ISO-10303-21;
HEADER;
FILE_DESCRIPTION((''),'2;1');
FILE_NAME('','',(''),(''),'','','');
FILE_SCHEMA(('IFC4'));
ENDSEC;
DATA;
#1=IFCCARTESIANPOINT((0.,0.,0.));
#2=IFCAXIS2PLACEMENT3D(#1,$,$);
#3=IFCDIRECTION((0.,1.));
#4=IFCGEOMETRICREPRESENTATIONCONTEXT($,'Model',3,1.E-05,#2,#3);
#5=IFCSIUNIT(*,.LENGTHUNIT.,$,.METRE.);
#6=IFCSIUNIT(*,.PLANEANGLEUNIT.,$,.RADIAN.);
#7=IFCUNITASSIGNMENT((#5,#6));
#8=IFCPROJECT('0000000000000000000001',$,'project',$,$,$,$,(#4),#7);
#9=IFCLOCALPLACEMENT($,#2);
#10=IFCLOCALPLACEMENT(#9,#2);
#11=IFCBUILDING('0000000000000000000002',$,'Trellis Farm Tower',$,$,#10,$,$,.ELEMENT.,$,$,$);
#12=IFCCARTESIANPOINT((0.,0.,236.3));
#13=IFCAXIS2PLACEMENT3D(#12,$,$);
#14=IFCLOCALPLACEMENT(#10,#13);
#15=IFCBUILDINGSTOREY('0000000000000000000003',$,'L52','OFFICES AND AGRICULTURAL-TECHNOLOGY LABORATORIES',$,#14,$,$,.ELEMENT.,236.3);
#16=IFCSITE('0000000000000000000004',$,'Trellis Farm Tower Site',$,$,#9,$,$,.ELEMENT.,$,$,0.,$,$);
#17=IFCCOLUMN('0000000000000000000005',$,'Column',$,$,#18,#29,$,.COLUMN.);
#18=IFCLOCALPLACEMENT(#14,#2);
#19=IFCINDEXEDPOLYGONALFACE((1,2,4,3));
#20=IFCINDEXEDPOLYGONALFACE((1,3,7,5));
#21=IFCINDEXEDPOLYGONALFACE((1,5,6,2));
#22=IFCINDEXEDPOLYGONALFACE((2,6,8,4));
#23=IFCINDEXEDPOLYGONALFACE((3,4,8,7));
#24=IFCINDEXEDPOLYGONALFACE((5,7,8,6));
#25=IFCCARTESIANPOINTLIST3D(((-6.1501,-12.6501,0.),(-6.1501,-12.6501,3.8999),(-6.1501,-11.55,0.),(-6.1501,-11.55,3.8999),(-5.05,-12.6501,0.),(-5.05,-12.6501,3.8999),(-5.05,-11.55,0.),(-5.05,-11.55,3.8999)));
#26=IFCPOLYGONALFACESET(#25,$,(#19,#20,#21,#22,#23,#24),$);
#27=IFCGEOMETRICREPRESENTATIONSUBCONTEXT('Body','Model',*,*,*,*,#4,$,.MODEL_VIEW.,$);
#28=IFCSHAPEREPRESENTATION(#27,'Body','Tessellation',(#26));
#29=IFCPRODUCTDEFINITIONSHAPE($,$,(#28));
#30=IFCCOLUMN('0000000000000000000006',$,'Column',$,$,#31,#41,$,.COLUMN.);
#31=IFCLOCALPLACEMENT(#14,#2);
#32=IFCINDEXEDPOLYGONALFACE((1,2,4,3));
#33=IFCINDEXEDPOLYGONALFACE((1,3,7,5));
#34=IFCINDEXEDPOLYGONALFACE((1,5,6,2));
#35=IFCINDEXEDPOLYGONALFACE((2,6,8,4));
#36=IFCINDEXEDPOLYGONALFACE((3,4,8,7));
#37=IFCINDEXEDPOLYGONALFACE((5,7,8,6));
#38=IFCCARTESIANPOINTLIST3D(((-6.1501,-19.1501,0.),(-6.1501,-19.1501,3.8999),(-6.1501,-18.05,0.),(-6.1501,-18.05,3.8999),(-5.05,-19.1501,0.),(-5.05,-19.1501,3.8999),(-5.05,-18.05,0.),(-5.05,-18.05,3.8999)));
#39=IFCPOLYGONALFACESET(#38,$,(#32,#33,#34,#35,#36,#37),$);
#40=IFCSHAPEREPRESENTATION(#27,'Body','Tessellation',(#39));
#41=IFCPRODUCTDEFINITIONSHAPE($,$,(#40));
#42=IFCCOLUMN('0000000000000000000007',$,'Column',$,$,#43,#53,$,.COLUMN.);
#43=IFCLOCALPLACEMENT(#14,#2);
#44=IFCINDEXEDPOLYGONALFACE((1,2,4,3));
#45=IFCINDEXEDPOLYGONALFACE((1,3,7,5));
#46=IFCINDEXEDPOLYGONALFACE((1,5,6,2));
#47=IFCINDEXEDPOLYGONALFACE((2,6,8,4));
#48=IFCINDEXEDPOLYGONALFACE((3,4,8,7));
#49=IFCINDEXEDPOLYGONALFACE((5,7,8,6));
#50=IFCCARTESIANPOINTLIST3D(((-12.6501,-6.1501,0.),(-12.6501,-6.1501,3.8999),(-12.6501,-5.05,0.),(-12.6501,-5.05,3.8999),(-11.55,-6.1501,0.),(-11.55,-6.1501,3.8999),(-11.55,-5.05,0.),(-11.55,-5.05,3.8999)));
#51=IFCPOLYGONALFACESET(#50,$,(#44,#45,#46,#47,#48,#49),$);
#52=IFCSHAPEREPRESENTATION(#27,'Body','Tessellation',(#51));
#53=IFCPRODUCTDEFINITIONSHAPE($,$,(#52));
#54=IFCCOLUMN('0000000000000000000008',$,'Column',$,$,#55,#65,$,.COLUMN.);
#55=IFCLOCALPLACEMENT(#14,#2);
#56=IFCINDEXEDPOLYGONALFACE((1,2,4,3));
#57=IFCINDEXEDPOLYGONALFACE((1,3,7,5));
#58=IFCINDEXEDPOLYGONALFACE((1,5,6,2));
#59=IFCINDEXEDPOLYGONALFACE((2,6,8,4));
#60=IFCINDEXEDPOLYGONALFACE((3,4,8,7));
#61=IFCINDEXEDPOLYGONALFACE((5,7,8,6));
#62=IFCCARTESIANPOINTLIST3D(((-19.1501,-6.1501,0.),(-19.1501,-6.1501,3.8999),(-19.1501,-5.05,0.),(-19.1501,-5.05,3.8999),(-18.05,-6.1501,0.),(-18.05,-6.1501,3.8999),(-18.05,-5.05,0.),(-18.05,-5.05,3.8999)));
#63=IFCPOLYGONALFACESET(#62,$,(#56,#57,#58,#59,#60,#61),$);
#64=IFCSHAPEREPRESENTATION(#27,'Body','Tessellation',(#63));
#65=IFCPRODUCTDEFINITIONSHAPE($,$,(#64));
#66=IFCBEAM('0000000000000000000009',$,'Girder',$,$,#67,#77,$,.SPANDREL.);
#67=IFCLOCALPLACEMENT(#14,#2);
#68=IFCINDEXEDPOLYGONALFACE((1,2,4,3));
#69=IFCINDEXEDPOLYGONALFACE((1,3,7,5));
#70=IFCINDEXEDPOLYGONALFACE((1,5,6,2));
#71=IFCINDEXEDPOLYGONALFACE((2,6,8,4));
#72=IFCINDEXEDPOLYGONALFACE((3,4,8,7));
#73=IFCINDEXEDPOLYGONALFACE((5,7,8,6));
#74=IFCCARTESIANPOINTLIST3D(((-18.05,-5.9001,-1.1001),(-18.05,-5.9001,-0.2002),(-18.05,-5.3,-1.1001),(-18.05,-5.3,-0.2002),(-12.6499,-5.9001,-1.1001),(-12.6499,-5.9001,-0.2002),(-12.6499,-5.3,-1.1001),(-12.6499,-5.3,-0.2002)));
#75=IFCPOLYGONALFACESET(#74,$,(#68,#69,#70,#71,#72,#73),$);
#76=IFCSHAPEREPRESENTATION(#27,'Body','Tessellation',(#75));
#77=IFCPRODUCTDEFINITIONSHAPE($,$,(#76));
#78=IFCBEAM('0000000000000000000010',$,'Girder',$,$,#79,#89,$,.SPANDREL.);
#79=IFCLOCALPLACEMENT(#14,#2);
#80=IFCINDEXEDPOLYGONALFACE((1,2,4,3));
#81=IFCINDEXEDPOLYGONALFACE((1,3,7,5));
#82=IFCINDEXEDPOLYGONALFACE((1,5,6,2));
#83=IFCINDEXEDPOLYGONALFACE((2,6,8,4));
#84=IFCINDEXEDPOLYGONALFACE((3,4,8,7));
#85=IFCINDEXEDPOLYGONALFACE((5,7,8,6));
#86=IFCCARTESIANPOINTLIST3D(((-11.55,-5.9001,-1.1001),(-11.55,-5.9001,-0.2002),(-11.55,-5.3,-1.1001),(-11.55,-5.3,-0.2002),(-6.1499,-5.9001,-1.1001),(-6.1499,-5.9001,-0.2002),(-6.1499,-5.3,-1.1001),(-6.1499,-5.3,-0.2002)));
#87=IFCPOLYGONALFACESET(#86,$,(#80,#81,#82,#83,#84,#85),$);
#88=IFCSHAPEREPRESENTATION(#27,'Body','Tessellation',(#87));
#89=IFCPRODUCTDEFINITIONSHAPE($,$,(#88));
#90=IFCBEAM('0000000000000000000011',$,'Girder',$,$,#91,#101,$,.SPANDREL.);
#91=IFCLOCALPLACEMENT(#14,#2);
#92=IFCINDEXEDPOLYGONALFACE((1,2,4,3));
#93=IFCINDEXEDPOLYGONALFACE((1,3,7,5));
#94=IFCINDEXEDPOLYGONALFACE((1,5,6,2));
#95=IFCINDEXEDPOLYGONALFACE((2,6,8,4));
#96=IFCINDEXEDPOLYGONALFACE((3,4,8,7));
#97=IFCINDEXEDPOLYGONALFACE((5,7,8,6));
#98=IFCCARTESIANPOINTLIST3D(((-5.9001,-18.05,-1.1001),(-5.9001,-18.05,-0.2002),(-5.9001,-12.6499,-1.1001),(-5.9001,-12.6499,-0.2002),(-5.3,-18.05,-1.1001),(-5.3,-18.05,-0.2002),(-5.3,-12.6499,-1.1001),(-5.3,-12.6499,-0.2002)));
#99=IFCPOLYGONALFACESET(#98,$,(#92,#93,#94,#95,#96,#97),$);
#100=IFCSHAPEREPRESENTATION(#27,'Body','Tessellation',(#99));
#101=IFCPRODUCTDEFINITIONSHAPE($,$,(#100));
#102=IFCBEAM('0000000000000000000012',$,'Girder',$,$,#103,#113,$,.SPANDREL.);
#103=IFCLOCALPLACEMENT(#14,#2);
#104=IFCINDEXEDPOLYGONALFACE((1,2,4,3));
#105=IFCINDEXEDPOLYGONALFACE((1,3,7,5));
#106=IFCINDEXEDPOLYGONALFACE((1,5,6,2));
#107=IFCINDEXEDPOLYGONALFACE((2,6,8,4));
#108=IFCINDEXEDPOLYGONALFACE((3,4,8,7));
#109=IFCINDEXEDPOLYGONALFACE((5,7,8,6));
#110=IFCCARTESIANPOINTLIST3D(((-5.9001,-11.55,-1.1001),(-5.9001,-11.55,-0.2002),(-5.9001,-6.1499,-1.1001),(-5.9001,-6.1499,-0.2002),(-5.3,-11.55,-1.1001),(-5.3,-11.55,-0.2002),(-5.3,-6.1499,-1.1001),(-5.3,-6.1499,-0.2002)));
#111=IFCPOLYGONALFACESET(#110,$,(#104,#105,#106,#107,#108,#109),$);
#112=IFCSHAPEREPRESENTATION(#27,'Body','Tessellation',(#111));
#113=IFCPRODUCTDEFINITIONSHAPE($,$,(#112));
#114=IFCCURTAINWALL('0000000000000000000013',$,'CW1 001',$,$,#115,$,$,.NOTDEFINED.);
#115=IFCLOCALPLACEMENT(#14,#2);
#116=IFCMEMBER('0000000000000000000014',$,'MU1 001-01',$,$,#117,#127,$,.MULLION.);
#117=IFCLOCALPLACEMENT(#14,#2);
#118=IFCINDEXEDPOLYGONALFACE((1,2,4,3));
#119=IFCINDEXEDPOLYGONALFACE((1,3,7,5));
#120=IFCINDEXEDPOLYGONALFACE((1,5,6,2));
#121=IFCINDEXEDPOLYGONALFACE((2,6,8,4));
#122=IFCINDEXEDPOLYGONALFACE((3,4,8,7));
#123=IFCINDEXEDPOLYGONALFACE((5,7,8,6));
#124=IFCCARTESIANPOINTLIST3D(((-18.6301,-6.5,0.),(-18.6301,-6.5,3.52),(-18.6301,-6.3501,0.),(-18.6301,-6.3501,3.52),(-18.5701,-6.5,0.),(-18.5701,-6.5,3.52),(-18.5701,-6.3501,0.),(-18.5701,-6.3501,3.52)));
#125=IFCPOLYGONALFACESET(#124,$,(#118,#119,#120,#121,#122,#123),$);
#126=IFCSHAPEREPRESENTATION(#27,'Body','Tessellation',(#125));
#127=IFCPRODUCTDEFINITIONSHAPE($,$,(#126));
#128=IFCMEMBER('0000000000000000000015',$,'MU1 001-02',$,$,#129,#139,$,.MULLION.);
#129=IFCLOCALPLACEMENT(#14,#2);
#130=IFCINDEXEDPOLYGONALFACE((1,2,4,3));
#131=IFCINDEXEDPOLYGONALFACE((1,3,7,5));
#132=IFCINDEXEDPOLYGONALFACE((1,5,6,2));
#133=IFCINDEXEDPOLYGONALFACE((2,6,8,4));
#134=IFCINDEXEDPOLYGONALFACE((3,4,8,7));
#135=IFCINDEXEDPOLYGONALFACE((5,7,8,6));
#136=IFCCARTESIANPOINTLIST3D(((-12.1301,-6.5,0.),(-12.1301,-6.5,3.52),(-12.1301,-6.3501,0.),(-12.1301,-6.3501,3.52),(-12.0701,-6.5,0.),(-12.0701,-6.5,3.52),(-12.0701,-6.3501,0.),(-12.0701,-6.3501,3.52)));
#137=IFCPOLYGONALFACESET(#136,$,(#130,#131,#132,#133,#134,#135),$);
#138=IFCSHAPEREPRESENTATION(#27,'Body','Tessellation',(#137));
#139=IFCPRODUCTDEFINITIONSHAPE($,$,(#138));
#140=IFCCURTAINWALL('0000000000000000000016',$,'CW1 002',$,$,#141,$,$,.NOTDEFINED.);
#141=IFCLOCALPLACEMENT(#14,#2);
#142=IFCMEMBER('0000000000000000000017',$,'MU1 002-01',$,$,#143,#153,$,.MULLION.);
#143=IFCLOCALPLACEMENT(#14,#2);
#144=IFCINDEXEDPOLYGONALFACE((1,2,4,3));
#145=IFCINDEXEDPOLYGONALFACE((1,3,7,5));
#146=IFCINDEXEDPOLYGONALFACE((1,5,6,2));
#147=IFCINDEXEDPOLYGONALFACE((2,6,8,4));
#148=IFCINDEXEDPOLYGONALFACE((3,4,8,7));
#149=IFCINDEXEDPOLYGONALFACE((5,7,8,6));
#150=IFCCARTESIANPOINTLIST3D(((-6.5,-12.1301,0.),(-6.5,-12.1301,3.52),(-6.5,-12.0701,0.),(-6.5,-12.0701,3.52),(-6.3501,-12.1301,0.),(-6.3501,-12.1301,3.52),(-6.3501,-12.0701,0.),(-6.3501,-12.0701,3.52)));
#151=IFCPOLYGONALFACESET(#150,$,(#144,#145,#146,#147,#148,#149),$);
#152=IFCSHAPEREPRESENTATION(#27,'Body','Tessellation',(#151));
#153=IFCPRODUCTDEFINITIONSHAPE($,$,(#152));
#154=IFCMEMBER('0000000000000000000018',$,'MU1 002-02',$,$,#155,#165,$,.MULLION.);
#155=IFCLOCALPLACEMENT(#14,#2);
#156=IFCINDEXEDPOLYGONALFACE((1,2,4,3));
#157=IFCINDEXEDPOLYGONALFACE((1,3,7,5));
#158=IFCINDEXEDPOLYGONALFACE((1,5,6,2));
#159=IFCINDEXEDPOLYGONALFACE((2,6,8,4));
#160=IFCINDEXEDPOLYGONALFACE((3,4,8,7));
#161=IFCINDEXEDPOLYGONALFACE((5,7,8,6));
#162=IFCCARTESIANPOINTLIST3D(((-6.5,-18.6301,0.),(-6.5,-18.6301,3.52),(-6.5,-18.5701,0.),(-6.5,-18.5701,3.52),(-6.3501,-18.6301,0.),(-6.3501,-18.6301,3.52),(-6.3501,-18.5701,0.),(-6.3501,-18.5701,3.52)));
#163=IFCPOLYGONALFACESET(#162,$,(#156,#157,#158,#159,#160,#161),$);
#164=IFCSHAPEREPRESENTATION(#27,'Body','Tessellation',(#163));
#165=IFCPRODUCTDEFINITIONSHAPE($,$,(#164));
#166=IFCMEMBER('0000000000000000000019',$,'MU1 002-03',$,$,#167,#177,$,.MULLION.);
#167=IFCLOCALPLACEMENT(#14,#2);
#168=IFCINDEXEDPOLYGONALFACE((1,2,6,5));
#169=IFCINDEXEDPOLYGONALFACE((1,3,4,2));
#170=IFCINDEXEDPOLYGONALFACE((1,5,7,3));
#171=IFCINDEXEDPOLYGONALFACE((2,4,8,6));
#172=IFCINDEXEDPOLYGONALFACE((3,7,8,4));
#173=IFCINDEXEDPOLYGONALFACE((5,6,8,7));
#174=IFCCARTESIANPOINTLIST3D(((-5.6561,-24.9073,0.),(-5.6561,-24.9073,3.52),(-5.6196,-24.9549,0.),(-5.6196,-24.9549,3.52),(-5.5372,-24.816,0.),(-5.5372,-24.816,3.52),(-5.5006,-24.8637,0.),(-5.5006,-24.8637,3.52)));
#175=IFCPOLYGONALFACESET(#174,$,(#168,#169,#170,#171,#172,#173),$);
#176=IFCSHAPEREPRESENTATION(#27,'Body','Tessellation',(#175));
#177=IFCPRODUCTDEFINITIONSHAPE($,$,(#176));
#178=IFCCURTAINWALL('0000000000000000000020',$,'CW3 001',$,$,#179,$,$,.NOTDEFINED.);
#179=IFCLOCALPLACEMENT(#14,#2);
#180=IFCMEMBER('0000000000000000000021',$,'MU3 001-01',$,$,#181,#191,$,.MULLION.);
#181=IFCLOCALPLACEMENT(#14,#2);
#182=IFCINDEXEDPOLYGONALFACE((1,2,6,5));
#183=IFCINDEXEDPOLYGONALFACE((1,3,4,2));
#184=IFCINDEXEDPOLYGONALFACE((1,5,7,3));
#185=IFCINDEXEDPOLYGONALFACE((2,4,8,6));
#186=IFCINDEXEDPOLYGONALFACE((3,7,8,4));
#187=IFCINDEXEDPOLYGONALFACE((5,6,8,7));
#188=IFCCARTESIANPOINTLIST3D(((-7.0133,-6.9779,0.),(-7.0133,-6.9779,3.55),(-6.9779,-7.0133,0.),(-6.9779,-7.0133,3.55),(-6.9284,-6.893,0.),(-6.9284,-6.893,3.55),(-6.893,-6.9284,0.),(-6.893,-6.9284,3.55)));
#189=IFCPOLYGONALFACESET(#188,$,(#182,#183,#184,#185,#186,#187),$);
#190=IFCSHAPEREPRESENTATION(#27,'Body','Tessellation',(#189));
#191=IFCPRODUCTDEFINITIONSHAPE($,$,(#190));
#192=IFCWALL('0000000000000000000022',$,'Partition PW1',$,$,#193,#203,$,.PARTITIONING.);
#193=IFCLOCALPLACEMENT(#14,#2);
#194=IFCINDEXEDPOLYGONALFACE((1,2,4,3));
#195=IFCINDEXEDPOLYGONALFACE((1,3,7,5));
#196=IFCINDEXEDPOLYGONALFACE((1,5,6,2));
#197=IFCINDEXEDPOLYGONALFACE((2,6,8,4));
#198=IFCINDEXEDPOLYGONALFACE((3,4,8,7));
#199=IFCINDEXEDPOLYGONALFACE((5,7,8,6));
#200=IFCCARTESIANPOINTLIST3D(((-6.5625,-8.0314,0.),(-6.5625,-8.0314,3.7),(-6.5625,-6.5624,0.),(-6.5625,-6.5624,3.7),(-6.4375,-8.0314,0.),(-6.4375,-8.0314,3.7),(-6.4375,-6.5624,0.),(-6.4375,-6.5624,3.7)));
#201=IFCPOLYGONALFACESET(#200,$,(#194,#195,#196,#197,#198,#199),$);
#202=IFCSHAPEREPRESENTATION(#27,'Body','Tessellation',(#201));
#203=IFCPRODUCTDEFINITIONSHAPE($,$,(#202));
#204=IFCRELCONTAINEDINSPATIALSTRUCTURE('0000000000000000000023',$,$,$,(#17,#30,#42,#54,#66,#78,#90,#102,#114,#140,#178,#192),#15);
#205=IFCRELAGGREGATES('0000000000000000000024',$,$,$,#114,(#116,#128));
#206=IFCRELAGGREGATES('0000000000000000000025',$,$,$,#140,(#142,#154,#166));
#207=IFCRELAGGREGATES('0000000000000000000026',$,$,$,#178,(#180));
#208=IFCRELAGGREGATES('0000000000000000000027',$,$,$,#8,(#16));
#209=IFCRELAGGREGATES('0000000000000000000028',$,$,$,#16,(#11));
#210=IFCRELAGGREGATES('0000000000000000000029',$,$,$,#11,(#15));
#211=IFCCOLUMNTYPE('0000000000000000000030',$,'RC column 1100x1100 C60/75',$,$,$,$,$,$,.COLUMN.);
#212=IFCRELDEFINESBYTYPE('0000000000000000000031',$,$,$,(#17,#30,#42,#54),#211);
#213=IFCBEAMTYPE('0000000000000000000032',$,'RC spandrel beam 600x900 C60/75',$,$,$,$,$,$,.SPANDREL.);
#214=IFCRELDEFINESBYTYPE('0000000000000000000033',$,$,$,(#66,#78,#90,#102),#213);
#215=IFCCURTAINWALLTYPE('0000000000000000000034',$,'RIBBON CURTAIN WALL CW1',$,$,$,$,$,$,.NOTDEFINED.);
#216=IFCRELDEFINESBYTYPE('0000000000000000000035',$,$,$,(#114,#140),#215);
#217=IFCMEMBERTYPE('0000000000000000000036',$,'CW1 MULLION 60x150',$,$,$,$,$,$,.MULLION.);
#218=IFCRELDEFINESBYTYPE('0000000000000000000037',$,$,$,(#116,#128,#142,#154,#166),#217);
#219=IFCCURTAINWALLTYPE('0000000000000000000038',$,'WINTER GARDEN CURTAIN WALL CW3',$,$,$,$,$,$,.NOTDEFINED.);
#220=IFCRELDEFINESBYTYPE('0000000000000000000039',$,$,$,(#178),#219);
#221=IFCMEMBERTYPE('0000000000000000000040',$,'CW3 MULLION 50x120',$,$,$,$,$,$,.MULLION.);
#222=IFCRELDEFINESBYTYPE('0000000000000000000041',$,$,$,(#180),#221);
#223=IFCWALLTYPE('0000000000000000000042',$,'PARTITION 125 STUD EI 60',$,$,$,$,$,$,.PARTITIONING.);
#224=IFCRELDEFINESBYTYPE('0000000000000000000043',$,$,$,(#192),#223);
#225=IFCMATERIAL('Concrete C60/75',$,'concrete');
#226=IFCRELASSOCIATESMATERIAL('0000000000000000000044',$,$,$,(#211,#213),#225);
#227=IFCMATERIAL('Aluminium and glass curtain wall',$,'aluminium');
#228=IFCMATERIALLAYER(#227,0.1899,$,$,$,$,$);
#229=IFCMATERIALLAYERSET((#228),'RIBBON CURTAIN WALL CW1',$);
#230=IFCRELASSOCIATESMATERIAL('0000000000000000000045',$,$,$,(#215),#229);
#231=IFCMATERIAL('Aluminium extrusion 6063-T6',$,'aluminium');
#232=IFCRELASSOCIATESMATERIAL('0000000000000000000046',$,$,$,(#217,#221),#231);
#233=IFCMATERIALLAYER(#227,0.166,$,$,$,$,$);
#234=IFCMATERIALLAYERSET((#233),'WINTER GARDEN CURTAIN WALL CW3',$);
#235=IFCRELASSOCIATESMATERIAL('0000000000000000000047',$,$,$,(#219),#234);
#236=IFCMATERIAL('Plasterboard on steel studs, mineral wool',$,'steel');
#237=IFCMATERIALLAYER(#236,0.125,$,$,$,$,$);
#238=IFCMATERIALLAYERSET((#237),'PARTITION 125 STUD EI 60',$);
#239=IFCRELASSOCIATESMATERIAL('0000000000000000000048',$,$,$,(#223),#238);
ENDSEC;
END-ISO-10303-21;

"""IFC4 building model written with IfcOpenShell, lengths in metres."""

from ifc_helpers import new_model, si_unit, direction, frame, frame_2d, origin, origin_2d, place, context, subcontext, project, spatial, rectangle, extrude, source, transform, mapped, material, layer, layer_set, material_profile, profile_set, type_object, element, aggregate, save


model = new_model("IFC4")

# Units and contexts
model_context = context("Model", 3, precision=1e-05, world=origin(), true_north=direction((0.0, 1.0)))
body_context = subcontext(model_context, "Body", "Model", "MODEL_VIEW")
ifc_project = project(units=[si_unit("LENGTHUNIT", "METRE"), si_unit("PLANEANGLEUNIT", "RADIAN")], contexts=[model_context])

# Site, building, storey
site_placement = place(None, origin())
site = spatial("IfcSite", under=ifc_project, at=site_placement, Name="Trellis Farm Tower Site", CompositionType="ELEMENT", RefElevation=0.0)
building_placement = place(site_placement, origin())
building = spatial("IfcBuilding", under=site, at=building_placement, Name="Trellis Farm Tower", CompositionType="ELEMENT")
storey_placement = place(building_placement, frame((0.0, 0.0, 236.3)))
storey = spatial("IfcBuildingStorey", under=building, at=storey_placement, Name="L52", Description="OFFICES AND AGRICULTURAL-TECHNOLOGY LABORATORIES", CompositionType="ELEMENT", Elevation=236.3)

# Columns
ifc_material_1 = material(Name="Concrete C60/75", Category="concrete")
ifc_material_profile_1 = material_profile(ifc_material_1, rectangle(XDim=1.1001, YDim=1.1001, at=origin_2d()), Name="RC column 1100x1100 C60/75")
ifc_profile_set_1 = profile_set([ifc_material_profile_1], Name="Concrete C60/75")
column_type = type_object("IfcColumnType", Name="RC column 1100x1100 C60/75", PredefinedType="COLUMN", material=ifc_profile_set_1)
shared_shape_1 = source(origin(), body_context, "Body", "SweptSolid", [
    extrude(rectangle(XDim=1.1001, YDim=1.1001, at=origin_2d()), origin(), (0.0, 0.0, 1.0), 3.8999),
])
for number, where, z_axis, x_axis, name in (
    (1, (-5.6001, -12.1001, 0.0), (0.0, 0.0, 1.0), (1.0, 0.0, 0.0), "Column"),
    (2, (-5.6001, -18.6001, 0.0), (0.0, 0.0, 1.0), (1.0, 0.0, 0.0), "Column"),
    (3, (-12.1001, -5.6001, 0.0), (0.0, 0.0, 1.0), (1.0, 0.0, 0.0), "Column"),
    (4, (-18.6001, -5.6001, 0.0), (0.0, 0.0, 1.0), (1.0, 0.0, 0.0), "Column"),
):
    element("IfcColumn", number, at=place(storey_placement, frame(where, z_axis=z_axis, x_axis=x_axis)), inside=storey, type_object=column_type, Name=name, PredefinedType="COLUMN", context=body_context, shape_type="MappedRepresentation", body=[
        mapped(shared_shape_1, transform((0.0, 0.0, 0.0))),
    ])

# Beams
ifc_material_profile_2 = material_profile(ifc_material_1, rectangle(XDim=0.6001, YDim=0.8999, at=origin_2d()), Name="RC spandrel beam 600x900 C60/75")
ifc_profile_set_2 = profile_set([ifc_material_profile_2], Name="Concrete C60/75")
beam_type = type_object("IfcBeamType", Name="RC spandrel beam 600x900 C60/75", PredefinedType="SPANDREL", material=ifc_profile_set_2)
shared_shape_2 = source(origin(), body_context, "Body", "SweptSolid", [
    extrude(rectangle(XDim=0.6001, YDim=0.8999, at=origin_2d()), origin(), (0.0, 0.0, 1.0), 5.4001),
])
for number, where, z_axis, x_axis, name in (
    (5, (-18.05, -5.6001, -0.6501), (1.0, 0.0, 0.0), (0.0, 1.0, 0.0), "Girder"),
    (6, (-11.55, -5.6001, -0.6501), (1.0, 0.0, 0.0), (0.0, 1.0, 0.0), "Girder"),
    (7, (-5.6001, -18.05, -0.6501), (0.0, 1.0, 0.0), (-1.0, 0.0, 0.0), "Girder"),
    (8, (-5.6001, -11.55, -0.6501), (0.0, 1.0, 0.0), (-1.0, 0.0, 0.0), "Girder"),
):
    element("IfcBeam", number, at=place(storey_placement, frame(where, z_axis=z_axis, x_axis=x_axis)), inside=storey, type_object=beam_type, Name=name, PredefinedType="SPANDREL", context=body_context, shape_type="MappedRepresentation", body=[
        mapped(shared_shape_2, transform((0.0, 0.0, 0.0))),
    ])

# Curtain walls, members
ifc_material_2 = material(Name="Aluminium and glass curtain wall", Category="aluminium")
ifc_layer_1 = layer(ifc_material_2, 0.1899)
ifc_layer_set_1 = layer_set([ifc_layer_1], Name="RIBBON CURTAIN WALL CW1")
curtain_wall_type_1 = type_object("IfcCurtainWallType", Name="RIBBON CURTAIN WALL CW1", PredefinedType="NOTDEFINED", material=ifc_layer_set_1)
placement = place(storey_placement, origin())
curtain_wall_1 = element("IfcCurtainWall", 9, at=placement, inside=storey, type_object=curtain_wall_type_1, Name="CW1 001", PredefinedType="NOTDEFINED")
ifc_material_3 = material(Name="Aluminium extrusion 6063-T6", Category="aluminium")
ifc_material_profile_3 = material_profile(ifc_material_3, rectangle(XDim=0.0601, YDim=0.1499, at=origin_2d()), Name="MULLION 60x150")
ifc_profile_set_3 = profile_set([ifc_material_profile_3], Name="Aluminium extrusion 6063-T6")
member_type_1 = type_object("IfcMemberType", Name="CW1 MULLION 60x150", PredefinedType="MULLION", material=ifc_profile_set_3)
shared_shape_3 = source(origin(), body_context, "Body", "SweptSolid", [
    extrude(rectangle(XDim=0.0601, YDim=0.1499, at=origin_2d()), origin(), (0.0, 0.0, 1.0), 3.52),
])
member_1_placement = place(storey_placement, frame((-18.6001, -6.425, 0.0), z_axis=(0.0, 0.0, 1.0), x_axis=(1.0, 0.0, 0.0)))
member_1 = element("IfcMember", 10, at=member_1_placement, type_object=member_type_1, Name="MU1 001-01", PredefinedType="MULLION", context=body_context, shape_type="MappedRepresentation", body=[
    mapped(shared_shape_3, transform((0.0, 0.0, 0.0))),
])
member_2_placement = place(storey_placement, frame((-12.1001, -6.425, 0.0), z_axis=(0.0, 0.0, 1.0), x_axis=(1.0, 0.0, 0.0)))
member_2 = element("IfcMember", 11, at=member_2_placement, type_object=member_type_1, Name="MU1 001-02", PredefinedType="MULLION", context=body_context, shape_type="MappedRepresentation", body=[
    mapped(shared_shape_3, transform((0.0, 0.0, 0.0))),
])
aggregate(curtain_wall_1, [member_1, member_2])
curtain_wall_2 = element("IfcCurtainWall", 12, at=placement, inside=storey, type_object=curtain_wall_type_1, Name="CW1 002", PredefinedType="NOTDEFINED")
member_3_placement = place(storey_placement, frame((-6.425, -12.1001, 0.0), z_axis=(0.0, 0.0, 1.0), x_axis=(0.0, -1.0, 0.0)))
member_3 = element("IfcMember", 13, at=member_3_placement, type_object=member_type_1, Name="MU1 002-01", PredefinedType="MULLION", context=body_context, shape_type="MappedRepresentation", body=[
    mapped(shared_shape_3, transform((0.0, 0.0, 0.0))),
])
member_4_placement = place(storey_placement, frame((-6.425, -18.6001, 0.0), z_axis=(0.0, 0.0, 1.0), x_axis=(0.0, -1.0, 0.0)))
member_4 = element("IfcMember", 14, at=member_4_placement, type_object=member_type_1, Name="MU1 002-02", PredefinedType="MULLION", context=body_context, shape_type="MappedRepresentation", body=[
    mapped(shared_shape_3, transform((0.0, 0.0, 0.0))),
])
member_5_placement = place(storey_placement, frame((-5.5784, -24.8855, 0.0), z_axis=(0.0, 0.0, 1.0), x_axis=(0.608761, -0.793353, 0.0)))
member_5 = element("IfcMember", 15, at=member_5_placement, type_object=member_type_1, Name="MU1 002-03", PredefinedType="MULLION", context=body_context, shape_type="MappedRepresentation", body=[
    mapped(shared_shape_3, transform((0.0, 0.0, 0.0))),
])
aggregate(curtain_wall_2, [member_3, member_4, member_5])

# Curtain wall, member
ifc_layer_2 = layer(ifc_material_2, 0.166)
ifc_layer_set_2 = layer_set([ifc_layer_2], Name="WINTER GARDEN CURTAIN WALL CW3")
curtain_wall_type_2 = type_object("IfcCurtainWallType", Name="WINTER GARDEN CURTAIN WALL CW3", PredefinedType="NOTDEFINED", material=ifc_layer_set_2)
curtain_wall_3 = element("IfcCurtainWall", 16, at=placement, inside=storey, type_object=curtain_wall_type_2, Name="CW3 001", PredefinedType="NOTDEFINED")
ifc_material_profile_4 = material_profile(ifc_material_3, rectangle(XDim=0.05, YDim=0.1201, at=origin_2d()), Name="MULLION 50x120")
ifc_profile_set_4 = profile_set([ifc_material_profile_4], Name="Aluminium extrusion 6063-T6")
member_type_2 = type_object("IfcMemberType", Name="CW3 MULLION 50x120", PredefinedType="MULLION", material=ifc_profile_set_4)
shared_shape_4 = source(origin(), body_context, "Body", "SweptSolid", [
    extrude(rectangle(XDim=0.05, YDim=0.1201, at=origin_2d()), origin(), (0.0, 0.0, 1.0), 3.55),
])
member_6_placement = place(storey_placement, frame((-6.9531, -6.9531, 0.0), z_axis=(0.0, 0.0, 1.0), x_axis=(0.707107, -0.707107, 0.0)))
member_6 = element("IfcMember", 17, at=member_6_placement, type_object=member_type_2, Name="MU3 001-01", PredefinedType="MULLION", context=body_context, shape_type="MappedRepresentation", body=[
    mapped(shared_shape_4, transform((0.0, 0.0, 0.0))),
])
aggregate(curtain_wall_3, [member_6])

# Wall
ifc_material_4 = material(Name="Plasterboard on steel studs, mineral wool", Category="steel")
ifc_layer_3 = layer(ifc_material_4, 0.125)
ifc_layer_set_3 = layer_set([ifc_layer_3], Name="PARTITION 125 STUD EI 60")
wall_type = type_object("IfcWallType", Name="PARTITION 125 STUD EI 60", PredefinedType="PARTITIONING", material=ifc_layer_set_3)
shared_shape_5 = source(origin(), body_context, "Body", "SweptSolid", [
    extrude(rectangle(XDim=1.469, YDim=0.125, at=frame_2d((0.7344, 0.0))), origin(), (0.0, 0.0, 1.0), 3.7),
])
wall_1_placement = place(storey_placement, frame((-6.5, -6.5625, 0.0), z_axis=(0.0, 0.0, 1.0), x_axis=(0.0, -1.0, 0.0)))
element("IfcWall", 18, at=wall_1_placement, inside=storey, type_object=wall_type, Name="Partition PW1", PredefinedType="PARTITIONING", context=body_context, shape_type="MappedRepresentation", body=[
    mapped(shared_shape_5, transform((0.0, 0.0, 0.0))),
])

save(model, "model.ifc")
